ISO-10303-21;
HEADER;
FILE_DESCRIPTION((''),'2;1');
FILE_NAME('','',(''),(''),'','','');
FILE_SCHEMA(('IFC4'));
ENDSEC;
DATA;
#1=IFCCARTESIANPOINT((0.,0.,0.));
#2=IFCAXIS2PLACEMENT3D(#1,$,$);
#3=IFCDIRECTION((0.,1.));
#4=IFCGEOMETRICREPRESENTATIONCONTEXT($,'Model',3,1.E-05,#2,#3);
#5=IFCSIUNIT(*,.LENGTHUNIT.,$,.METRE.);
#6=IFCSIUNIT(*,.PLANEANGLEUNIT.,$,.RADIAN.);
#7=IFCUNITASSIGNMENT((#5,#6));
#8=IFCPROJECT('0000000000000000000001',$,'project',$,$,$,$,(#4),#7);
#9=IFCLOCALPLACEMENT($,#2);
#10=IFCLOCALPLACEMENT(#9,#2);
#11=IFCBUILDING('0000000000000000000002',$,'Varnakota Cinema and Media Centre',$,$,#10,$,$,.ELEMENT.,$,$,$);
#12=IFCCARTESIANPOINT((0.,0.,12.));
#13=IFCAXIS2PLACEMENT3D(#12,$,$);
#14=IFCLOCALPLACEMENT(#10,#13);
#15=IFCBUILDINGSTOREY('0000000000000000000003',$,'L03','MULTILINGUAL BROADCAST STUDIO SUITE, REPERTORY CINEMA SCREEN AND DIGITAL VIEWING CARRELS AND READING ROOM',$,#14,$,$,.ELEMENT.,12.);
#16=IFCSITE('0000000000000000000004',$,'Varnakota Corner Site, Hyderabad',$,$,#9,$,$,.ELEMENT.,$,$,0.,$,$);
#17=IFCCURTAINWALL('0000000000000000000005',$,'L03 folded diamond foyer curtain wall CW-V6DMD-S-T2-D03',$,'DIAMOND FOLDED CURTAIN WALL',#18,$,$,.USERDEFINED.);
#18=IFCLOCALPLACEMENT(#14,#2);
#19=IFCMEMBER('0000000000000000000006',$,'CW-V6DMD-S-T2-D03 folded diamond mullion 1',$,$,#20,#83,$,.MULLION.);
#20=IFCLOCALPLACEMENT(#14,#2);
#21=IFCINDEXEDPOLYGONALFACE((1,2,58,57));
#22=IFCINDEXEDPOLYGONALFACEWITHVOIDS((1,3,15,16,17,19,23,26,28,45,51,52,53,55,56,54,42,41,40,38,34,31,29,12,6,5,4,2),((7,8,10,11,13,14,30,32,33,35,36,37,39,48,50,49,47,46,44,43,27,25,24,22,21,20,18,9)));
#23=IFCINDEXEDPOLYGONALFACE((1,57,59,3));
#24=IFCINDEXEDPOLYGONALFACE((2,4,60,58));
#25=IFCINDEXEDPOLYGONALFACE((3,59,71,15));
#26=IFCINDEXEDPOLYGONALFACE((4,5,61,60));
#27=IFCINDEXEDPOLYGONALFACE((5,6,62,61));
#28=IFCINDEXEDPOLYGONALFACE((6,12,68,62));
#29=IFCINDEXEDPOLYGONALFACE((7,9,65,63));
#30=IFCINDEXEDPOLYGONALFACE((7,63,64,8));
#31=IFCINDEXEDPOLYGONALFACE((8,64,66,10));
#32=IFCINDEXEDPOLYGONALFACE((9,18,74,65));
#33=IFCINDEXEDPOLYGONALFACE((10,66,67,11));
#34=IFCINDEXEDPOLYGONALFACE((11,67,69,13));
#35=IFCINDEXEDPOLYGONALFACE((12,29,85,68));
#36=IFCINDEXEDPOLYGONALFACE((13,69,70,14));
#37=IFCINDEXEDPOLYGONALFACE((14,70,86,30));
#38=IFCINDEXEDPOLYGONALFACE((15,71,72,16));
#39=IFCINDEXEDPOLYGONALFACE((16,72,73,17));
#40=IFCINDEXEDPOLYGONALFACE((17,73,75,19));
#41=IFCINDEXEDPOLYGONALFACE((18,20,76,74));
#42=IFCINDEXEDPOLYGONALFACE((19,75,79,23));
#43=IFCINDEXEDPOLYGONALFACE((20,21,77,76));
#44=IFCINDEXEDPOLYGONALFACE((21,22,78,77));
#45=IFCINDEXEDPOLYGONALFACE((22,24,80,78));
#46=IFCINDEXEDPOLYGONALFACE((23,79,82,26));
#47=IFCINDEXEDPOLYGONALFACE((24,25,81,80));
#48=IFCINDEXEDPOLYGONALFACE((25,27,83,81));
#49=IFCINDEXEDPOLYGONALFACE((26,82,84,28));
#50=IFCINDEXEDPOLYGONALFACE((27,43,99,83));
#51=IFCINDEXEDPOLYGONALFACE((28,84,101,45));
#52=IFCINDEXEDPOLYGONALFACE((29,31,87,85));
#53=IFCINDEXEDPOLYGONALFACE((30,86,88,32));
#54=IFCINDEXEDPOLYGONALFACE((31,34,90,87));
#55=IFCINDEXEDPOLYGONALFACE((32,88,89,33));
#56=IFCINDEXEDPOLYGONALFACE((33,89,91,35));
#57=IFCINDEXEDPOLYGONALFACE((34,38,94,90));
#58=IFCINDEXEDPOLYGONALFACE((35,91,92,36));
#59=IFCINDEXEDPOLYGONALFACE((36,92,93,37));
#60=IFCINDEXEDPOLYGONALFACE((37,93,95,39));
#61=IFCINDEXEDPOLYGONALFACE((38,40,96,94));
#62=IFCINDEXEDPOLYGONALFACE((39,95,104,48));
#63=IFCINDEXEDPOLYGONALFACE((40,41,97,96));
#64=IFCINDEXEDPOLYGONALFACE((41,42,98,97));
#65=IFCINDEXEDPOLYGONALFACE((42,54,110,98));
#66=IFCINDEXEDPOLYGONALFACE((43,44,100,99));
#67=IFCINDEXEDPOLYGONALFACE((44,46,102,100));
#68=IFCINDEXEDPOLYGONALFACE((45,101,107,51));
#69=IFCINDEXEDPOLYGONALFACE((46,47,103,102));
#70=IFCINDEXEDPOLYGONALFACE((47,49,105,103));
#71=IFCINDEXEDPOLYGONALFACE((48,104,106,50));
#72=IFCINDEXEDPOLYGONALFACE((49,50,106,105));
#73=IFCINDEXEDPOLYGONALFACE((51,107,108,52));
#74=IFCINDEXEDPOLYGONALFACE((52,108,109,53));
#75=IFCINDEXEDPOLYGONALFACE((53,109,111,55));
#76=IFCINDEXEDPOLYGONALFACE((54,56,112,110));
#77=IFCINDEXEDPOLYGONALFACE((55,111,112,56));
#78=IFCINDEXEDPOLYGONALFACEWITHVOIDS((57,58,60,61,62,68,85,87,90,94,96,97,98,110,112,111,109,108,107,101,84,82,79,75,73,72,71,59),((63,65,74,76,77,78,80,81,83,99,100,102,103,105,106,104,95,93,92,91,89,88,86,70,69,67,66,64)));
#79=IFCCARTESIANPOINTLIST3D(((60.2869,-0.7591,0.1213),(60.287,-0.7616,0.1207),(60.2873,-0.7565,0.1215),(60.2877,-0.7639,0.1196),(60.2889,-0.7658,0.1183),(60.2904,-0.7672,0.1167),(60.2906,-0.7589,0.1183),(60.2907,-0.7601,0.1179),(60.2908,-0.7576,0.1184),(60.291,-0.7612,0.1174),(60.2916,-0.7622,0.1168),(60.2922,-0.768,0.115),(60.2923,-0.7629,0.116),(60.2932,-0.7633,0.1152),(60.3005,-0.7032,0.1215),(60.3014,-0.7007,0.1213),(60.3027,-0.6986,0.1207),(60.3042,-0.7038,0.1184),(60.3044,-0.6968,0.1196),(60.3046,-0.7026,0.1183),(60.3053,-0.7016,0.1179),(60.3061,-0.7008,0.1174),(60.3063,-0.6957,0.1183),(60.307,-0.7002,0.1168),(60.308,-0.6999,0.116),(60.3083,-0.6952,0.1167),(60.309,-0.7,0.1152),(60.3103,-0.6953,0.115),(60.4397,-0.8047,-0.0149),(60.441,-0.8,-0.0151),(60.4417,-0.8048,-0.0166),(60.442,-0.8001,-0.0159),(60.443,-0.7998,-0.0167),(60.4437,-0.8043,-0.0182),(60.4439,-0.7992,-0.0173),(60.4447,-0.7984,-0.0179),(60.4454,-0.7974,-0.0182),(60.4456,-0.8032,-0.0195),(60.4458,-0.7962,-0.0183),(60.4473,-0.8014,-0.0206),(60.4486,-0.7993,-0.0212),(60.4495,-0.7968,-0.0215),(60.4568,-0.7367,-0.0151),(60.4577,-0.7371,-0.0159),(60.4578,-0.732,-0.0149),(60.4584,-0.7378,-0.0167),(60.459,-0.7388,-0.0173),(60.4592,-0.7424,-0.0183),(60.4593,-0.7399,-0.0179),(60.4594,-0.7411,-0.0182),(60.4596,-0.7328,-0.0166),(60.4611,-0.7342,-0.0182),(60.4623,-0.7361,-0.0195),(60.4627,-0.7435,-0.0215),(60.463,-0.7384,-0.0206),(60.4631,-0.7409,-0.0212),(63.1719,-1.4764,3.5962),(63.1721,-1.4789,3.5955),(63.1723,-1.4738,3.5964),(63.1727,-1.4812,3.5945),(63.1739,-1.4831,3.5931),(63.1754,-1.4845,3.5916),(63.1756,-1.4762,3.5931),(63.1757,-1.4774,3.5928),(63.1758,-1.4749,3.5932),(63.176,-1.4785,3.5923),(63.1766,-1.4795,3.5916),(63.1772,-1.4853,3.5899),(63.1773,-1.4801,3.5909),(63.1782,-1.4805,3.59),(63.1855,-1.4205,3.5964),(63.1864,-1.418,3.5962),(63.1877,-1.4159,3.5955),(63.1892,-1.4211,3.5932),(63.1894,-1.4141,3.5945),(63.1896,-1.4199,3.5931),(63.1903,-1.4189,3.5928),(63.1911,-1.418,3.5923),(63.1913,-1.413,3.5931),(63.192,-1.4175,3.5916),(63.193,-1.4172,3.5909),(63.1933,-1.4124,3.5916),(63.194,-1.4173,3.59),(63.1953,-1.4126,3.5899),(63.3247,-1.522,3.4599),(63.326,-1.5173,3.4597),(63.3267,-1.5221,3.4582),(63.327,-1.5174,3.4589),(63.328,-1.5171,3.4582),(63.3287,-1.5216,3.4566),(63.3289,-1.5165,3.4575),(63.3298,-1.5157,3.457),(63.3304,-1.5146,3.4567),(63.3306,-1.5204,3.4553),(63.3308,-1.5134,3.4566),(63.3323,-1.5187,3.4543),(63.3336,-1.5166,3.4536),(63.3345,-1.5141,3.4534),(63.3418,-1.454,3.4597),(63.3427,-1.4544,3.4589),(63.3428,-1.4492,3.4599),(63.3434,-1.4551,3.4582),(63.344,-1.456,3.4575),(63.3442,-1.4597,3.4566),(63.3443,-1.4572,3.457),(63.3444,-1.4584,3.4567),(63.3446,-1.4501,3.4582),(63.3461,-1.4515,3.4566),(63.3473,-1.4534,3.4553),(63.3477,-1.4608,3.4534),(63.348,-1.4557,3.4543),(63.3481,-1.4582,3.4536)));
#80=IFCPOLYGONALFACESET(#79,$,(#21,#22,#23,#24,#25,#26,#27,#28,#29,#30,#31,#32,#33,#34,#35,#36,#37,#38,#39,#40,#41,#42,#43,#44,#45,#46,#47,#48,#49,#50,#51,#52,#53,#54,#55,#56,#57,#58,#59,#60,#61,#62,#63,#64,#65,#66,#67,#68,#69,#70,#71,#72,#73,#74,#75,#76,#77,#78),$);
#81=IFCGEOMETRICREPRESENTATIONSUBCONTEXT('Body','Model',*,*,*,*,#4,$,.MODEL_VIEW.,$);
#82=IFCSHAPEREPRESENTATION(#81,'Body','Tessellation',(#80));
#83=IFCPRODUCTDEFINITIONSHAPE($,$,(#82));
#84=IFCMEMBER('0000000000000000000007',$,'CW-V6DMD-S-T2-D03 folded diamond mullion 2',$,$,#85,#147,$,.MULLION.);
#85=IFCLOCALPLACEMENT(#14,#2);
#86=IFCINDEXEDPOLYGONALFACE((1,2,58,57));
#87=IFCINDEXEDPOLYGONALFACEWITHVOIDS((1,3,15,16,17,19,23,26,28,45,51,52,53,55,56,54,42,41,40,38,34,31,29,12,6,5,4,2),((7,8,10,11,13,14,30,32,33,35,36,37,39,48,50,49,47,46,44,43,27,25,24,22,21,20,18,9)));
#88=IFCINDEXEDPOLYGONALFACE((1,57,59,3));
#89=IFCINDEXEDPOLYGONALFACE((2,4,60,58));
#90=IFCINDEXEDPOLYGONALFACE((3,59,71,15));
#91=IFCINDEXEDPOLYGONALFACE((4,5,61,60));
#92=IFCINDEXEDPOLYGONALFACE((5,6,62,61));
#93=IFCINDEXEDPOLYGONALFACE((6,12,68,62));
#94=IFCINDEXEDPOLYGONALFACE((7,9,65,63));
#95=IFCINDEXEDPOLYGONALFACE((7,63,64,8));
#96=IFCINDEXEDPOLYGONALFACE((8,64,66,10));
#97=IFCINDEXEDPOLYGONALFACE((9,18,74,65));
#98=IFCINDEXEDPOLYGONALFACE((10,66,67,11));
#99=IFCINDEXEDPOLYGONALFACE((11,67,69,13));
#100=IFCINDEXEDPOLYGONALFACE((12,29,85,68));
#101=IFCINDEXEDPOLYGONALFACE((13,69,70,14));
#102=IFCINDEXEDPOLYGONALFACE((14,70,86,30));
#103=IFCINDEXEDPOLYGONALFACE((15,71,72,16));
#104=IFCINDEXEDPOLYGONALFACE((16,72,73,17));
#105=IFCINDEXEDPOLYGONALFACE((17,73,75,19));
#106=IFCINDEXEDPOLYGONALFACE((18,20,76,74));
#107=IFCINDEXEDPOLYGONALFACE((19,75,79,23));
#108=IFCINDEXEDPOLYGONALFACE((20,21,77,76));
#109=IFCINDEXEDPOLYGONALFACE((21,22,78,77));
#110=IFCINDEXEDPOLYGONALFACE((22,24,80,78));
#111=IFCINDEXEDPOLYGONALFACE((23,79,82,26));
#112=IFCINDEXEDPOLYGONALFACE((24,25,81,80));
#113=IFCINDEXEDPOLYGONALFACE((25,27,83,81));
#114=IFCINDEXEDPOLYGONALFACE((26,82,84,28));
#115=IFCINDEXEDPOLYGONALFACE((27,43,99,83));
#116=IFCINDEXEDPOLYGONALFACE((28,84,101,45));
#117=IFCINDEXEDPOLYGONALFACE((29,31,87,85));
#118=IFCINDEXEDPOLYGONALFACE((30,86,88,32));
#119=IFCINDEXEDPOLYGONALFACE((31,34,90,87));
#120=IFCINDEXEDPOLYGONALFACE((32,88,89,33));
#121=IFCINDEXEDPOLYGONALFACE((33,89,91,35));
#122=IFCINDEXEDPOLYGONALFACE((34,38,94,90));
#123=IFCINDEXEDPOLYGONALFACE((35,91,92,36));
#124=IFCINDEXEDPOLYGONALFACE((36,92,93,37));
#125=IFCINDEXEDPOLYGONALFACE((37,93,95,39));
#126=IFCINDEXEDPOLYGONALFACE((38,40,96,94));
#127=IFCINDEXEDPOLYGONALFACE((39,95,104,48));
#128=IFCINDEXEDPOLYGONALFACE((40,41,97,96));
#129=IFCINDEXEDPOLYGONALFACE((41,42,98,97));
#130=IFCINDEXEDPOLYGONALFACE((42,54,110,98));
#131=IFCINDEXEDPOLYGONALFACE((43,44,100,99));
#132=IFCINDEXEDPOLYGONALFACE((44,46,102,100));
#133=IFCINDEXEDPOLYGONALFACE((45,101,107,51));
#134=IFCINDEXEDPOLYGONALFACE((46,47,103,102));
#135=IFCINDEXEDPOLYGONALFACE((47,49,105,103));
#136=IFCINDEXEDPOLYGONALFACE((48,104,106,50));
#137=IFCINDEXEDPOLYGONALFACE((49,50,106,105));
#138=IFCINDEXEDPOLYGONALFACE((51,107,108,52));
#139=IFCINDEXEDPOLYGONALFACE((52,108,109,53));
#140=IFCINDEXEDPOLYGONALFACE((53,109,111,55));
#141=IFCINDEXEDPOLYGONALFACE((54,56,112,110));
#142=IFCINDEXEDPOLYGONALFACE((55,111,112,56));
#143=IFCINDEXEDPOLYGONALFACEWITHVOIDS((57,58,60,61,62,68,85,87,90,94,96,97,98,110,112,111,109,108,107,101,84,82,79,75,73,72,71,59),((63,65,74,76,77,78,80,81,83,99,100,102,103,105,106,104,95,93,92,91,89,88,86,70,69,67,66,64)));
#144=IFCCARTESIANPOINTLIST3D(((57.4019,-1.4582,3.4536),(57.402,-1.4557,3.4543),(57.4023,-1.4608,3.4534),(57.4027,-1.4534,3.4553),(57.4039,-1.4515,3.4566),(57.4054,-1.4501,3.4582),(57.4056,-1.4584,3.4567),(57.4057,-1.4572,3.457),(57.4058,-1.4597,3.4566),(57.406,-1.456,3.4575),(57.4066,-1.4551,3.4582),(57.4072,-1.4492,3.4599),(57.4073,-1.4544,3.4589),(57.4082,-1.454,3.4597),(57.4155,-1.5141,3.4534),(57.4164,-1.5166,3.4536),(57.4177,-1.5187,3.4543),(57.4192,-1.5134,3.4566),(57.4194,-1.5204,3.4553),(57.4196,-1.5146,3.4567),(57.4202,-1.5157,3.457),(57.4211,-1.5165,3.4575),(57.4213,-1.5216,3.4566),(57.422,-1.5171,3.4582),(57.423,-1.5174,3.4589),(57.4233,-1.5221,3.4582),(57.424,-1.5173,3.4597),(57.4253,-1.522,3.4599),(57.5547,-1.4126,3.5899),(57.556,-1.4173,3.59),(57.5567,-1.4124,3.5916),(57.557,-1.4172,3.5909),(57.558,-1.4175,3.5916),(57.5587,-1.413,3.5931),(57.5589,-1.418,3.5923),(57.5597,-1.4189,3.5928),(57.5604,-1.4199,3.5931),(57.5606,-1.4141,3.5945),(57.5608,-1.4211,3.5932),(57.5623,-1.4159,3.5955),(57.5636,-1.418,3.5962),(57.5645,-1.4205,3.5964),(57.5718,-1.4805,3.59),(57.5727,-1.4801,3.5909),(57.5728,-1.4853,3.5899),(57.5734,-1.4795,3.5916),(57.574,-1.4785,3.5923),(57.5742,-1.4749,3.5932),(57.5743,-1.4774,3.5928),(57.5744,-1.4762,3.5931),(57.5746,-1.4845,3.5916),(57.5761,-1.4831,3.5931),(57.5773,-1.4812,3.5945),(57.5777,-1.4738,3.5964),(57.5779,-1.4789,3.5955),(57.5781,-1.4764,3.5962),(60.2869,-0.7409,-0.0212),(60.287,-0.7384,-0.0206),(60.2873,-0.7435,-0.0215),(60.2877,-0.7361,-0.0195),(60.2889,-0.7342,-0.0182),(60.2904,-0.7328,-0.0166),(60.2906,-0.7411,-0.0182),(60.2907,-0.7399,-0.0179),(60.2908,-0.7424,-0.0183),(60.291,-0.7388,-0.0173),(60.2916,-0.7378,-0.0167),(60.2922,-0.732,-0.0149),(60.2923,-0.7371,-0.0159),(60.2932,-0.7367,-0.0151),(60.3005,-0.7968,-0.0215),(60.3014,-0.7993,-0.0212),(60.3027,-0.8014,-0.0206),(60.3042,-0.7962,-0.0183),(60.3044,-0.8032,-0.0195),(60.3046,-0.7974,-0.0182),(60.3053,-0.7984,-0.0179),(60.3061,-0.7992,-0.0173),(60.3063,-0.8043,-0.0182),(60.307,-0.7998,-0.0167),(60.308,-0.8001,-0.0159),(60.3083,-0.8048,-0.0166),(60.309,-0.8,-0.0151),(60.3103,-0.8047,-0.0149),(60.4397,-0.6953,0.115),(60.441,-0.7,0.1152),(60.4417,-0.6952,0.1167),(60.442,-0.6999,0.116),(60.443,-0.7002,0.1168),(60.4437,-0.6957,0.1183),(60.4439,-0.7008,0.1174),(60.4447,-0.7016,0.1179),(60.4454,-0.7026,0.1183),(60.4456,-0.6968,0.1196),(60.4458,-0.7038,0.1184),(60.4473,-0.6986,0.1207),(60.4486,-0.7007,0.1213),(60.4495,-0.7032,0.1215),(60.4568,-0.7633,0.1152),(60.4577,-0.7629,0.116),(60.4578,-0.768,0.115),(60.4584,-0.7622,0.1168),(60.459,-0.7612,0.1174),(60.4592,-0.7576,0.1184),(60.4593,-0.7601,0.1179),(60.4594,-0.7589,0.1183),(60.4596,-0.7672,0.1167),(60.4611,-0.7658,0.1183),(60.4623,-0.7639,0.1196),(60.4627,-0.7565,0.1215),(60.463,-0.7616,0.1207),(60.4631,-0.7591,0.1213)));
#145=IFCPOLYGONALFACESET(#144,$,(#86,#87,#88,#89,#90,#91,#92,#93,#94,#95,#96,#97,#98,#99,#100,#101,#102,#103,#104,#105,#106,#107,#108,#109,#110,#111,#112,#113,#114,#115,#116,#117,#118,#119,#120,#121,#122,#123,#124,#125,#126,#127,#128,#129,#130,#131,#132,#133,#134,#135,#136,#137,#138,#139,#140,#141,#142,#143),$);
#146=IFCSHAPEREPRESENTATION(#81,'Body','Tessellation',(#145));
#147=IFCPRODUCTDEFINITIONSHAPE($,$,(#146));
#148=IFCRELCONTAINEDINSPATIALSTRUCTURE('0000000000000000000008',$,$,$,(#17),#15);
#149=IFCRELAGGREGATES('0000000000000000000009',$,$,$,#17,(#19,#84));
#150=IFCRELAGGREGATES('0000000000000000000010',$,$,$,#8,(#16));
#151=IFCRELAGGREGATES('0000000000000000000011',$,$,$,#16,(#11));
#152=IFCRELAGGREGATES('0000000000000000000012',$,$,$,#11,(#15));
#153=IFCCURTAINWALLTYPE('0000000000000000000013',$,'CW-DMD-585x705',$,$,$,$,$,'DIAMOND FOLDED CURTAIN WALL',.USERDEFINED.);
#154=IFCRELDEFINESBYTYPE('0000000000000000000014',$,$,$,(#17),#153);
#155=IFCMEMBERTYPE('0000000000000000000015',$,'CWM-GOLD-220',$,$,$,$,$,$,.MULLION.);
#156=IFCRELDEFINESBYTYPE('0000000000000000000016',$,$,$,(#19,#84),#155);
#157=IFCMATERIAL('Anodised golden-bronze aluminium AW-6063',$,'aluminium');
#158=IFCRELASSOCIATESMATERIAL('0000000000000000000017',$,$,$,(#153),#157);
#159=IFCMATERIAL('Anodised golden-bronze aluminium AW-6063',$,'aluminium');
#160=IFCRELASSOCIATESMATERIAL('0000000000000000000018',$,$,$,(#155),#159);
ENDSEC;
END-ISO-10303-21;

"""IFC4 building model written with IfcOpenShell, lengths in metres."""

from ifc_helpers import new_model, si_unit, direction, frame, origin, origin_2d, place, context, subcontext, project, spatial, hollow_rectangle, extrude, material, material_profile, profile_set, type_object, element, aggregate, save


model = new_model("IFC4")

# Units and contexts
model_context = context("Model", 3, precision=1e-05, world=origin(), true_north=direction((0.0, 1.0)))
body_context = subcontext(model_context, "Body", "Model", "MODEL_VIEW")
ifc_project = project(units=[si_unit("LENGTHUNIT", "METRE"), si_unit("PLANEANGLEUNIT", "RADIAN")], contexts=[model_context])

# Site, building, storey
site_placement = place(None, origin())
site = spatial("IfcSite", under=ifc_project, at=site_placement, Name="Varnakota Corner Site, Hyderabad", CompositionType="ELEMENT", RefElevation=0.0)
building_placement = place(site_placement, origin())
building = spatial("IfcBuilding", under=site, at=building_placement, Name="Varnakota Cinema and Media Centre", CompositionType="ELEMENT")
storey_placement = place(building_placement, frame((0.0, 0.0, 12.0)))
storey = spatial("IfcBuildingStorey", under=building, at=storey_placement, Name="L03", Description="MULTILINGUAL BROADCAST STUDIO SUITE, REPERTORY CINEMA SCREEN AND DIGITAL VIEWING CARRELS AND READING ROOM", CompositionType="ELEMENT", Elevation=12.0)

# Curtain wall, members
ifc_material_1 = material(Name="Anodised golden-bronze aluminium AW-6063", Category="aluminium")
curtain_wall_type = type_object("IfcCurtainWallType", Name="CW-DMD-585x705", ElementType="DIAMOND FOLDED CURTAIN WALL", PredefinedType="USERDEFINED", material=ifc_material_1)
ifc_material_2 = material(Name="Anodised golden-bronze aluminium AW-6063", Category="aluminium")
ifc_material_profile_1 = material_profile(ifc_material_2, hollow_rectangle(XDim=0.075, YDim=0.22, WallThickness=0.0049, InnerFilletRadius=0.0049, OuterFilletRadius=0.01, at=origin_2d()), Name="AL-MULLION 220x75x5")
ifc_profile_set_1 = profile_set([ifc_material_profile_1], Name="Anodised golden-bronze aluminium AW-6063")
member_type_1 = type_object("IfcMemberType", Name="CWM-GOLD-220", PredefinedType="MULLION", material=ifc_profile_set_1)
curtain_wall_1_placement = place(storey_placement, origin())
curtain_wall_1 = element("IfcCurtainWall", 1, at=curtain_wall_1_placement, inside=storey, type_object=curtain_wall_type, Name="L03 folded diamond foyer curtain wall CW-V6DMD-S-T2-D03", ObjectType="DIAMOND FOLDED CURTAIN WALL", PredefinedType="USERDEFINED")
member_1_placement = place(storey_placement, frame((60.375, -0.75, 0.05), z_axis=(0.630878, -0.156852, 0.759862), x_axis=(0.241279, 0.970456, 0.0)))
member_1 = element("IfcMember", 2, at=member_1_placement, type_object=member_type_1, Name="CW-V6DMD-S-T2-D03 folded diamond mullion 1", PredefinedType="MULLION", context=body_context, shape_type="SweptSolid", body=[
    extrude(hollow_rectangle(XDim=0.075, YDim=0.22, WallThickness=0.0049, InnerFilletRadius=0.0049, OuterFilletRadius=0.01, at=origin_2d()), origin(), (0.0, 0.0, 1.0), 4.573),
])
member_2_placement = place(storey_placement, frame((60.375, -0.75, 0.05), z_axis=(-0.630878, -0.156852, 0.759862), x_axis=(0.241279, -0.970456, 0.0)))
member_2 = element("IfcMember", 3, at=member_2_placement, type_object=member_type_1, Name="CW-V6DMD-S-T2-D03 folded diamond mullion 2", PredefinedType="MULLION", context=body_context, shape_type="SweptSolid", body=[
    extrude(hollow_rectangle(XDim=0.075, YDim=0.22, WallThickness=0.0049, InnerFilletRadius=0.0049, OuterFilletRadius=0.01, at=origin_2d()), origin(), (0.0, 0.0, 1.0), 4.573),
])

aggregate(curtain_wall_1, [member_1, member_2])

save(model, "model.ifc")
